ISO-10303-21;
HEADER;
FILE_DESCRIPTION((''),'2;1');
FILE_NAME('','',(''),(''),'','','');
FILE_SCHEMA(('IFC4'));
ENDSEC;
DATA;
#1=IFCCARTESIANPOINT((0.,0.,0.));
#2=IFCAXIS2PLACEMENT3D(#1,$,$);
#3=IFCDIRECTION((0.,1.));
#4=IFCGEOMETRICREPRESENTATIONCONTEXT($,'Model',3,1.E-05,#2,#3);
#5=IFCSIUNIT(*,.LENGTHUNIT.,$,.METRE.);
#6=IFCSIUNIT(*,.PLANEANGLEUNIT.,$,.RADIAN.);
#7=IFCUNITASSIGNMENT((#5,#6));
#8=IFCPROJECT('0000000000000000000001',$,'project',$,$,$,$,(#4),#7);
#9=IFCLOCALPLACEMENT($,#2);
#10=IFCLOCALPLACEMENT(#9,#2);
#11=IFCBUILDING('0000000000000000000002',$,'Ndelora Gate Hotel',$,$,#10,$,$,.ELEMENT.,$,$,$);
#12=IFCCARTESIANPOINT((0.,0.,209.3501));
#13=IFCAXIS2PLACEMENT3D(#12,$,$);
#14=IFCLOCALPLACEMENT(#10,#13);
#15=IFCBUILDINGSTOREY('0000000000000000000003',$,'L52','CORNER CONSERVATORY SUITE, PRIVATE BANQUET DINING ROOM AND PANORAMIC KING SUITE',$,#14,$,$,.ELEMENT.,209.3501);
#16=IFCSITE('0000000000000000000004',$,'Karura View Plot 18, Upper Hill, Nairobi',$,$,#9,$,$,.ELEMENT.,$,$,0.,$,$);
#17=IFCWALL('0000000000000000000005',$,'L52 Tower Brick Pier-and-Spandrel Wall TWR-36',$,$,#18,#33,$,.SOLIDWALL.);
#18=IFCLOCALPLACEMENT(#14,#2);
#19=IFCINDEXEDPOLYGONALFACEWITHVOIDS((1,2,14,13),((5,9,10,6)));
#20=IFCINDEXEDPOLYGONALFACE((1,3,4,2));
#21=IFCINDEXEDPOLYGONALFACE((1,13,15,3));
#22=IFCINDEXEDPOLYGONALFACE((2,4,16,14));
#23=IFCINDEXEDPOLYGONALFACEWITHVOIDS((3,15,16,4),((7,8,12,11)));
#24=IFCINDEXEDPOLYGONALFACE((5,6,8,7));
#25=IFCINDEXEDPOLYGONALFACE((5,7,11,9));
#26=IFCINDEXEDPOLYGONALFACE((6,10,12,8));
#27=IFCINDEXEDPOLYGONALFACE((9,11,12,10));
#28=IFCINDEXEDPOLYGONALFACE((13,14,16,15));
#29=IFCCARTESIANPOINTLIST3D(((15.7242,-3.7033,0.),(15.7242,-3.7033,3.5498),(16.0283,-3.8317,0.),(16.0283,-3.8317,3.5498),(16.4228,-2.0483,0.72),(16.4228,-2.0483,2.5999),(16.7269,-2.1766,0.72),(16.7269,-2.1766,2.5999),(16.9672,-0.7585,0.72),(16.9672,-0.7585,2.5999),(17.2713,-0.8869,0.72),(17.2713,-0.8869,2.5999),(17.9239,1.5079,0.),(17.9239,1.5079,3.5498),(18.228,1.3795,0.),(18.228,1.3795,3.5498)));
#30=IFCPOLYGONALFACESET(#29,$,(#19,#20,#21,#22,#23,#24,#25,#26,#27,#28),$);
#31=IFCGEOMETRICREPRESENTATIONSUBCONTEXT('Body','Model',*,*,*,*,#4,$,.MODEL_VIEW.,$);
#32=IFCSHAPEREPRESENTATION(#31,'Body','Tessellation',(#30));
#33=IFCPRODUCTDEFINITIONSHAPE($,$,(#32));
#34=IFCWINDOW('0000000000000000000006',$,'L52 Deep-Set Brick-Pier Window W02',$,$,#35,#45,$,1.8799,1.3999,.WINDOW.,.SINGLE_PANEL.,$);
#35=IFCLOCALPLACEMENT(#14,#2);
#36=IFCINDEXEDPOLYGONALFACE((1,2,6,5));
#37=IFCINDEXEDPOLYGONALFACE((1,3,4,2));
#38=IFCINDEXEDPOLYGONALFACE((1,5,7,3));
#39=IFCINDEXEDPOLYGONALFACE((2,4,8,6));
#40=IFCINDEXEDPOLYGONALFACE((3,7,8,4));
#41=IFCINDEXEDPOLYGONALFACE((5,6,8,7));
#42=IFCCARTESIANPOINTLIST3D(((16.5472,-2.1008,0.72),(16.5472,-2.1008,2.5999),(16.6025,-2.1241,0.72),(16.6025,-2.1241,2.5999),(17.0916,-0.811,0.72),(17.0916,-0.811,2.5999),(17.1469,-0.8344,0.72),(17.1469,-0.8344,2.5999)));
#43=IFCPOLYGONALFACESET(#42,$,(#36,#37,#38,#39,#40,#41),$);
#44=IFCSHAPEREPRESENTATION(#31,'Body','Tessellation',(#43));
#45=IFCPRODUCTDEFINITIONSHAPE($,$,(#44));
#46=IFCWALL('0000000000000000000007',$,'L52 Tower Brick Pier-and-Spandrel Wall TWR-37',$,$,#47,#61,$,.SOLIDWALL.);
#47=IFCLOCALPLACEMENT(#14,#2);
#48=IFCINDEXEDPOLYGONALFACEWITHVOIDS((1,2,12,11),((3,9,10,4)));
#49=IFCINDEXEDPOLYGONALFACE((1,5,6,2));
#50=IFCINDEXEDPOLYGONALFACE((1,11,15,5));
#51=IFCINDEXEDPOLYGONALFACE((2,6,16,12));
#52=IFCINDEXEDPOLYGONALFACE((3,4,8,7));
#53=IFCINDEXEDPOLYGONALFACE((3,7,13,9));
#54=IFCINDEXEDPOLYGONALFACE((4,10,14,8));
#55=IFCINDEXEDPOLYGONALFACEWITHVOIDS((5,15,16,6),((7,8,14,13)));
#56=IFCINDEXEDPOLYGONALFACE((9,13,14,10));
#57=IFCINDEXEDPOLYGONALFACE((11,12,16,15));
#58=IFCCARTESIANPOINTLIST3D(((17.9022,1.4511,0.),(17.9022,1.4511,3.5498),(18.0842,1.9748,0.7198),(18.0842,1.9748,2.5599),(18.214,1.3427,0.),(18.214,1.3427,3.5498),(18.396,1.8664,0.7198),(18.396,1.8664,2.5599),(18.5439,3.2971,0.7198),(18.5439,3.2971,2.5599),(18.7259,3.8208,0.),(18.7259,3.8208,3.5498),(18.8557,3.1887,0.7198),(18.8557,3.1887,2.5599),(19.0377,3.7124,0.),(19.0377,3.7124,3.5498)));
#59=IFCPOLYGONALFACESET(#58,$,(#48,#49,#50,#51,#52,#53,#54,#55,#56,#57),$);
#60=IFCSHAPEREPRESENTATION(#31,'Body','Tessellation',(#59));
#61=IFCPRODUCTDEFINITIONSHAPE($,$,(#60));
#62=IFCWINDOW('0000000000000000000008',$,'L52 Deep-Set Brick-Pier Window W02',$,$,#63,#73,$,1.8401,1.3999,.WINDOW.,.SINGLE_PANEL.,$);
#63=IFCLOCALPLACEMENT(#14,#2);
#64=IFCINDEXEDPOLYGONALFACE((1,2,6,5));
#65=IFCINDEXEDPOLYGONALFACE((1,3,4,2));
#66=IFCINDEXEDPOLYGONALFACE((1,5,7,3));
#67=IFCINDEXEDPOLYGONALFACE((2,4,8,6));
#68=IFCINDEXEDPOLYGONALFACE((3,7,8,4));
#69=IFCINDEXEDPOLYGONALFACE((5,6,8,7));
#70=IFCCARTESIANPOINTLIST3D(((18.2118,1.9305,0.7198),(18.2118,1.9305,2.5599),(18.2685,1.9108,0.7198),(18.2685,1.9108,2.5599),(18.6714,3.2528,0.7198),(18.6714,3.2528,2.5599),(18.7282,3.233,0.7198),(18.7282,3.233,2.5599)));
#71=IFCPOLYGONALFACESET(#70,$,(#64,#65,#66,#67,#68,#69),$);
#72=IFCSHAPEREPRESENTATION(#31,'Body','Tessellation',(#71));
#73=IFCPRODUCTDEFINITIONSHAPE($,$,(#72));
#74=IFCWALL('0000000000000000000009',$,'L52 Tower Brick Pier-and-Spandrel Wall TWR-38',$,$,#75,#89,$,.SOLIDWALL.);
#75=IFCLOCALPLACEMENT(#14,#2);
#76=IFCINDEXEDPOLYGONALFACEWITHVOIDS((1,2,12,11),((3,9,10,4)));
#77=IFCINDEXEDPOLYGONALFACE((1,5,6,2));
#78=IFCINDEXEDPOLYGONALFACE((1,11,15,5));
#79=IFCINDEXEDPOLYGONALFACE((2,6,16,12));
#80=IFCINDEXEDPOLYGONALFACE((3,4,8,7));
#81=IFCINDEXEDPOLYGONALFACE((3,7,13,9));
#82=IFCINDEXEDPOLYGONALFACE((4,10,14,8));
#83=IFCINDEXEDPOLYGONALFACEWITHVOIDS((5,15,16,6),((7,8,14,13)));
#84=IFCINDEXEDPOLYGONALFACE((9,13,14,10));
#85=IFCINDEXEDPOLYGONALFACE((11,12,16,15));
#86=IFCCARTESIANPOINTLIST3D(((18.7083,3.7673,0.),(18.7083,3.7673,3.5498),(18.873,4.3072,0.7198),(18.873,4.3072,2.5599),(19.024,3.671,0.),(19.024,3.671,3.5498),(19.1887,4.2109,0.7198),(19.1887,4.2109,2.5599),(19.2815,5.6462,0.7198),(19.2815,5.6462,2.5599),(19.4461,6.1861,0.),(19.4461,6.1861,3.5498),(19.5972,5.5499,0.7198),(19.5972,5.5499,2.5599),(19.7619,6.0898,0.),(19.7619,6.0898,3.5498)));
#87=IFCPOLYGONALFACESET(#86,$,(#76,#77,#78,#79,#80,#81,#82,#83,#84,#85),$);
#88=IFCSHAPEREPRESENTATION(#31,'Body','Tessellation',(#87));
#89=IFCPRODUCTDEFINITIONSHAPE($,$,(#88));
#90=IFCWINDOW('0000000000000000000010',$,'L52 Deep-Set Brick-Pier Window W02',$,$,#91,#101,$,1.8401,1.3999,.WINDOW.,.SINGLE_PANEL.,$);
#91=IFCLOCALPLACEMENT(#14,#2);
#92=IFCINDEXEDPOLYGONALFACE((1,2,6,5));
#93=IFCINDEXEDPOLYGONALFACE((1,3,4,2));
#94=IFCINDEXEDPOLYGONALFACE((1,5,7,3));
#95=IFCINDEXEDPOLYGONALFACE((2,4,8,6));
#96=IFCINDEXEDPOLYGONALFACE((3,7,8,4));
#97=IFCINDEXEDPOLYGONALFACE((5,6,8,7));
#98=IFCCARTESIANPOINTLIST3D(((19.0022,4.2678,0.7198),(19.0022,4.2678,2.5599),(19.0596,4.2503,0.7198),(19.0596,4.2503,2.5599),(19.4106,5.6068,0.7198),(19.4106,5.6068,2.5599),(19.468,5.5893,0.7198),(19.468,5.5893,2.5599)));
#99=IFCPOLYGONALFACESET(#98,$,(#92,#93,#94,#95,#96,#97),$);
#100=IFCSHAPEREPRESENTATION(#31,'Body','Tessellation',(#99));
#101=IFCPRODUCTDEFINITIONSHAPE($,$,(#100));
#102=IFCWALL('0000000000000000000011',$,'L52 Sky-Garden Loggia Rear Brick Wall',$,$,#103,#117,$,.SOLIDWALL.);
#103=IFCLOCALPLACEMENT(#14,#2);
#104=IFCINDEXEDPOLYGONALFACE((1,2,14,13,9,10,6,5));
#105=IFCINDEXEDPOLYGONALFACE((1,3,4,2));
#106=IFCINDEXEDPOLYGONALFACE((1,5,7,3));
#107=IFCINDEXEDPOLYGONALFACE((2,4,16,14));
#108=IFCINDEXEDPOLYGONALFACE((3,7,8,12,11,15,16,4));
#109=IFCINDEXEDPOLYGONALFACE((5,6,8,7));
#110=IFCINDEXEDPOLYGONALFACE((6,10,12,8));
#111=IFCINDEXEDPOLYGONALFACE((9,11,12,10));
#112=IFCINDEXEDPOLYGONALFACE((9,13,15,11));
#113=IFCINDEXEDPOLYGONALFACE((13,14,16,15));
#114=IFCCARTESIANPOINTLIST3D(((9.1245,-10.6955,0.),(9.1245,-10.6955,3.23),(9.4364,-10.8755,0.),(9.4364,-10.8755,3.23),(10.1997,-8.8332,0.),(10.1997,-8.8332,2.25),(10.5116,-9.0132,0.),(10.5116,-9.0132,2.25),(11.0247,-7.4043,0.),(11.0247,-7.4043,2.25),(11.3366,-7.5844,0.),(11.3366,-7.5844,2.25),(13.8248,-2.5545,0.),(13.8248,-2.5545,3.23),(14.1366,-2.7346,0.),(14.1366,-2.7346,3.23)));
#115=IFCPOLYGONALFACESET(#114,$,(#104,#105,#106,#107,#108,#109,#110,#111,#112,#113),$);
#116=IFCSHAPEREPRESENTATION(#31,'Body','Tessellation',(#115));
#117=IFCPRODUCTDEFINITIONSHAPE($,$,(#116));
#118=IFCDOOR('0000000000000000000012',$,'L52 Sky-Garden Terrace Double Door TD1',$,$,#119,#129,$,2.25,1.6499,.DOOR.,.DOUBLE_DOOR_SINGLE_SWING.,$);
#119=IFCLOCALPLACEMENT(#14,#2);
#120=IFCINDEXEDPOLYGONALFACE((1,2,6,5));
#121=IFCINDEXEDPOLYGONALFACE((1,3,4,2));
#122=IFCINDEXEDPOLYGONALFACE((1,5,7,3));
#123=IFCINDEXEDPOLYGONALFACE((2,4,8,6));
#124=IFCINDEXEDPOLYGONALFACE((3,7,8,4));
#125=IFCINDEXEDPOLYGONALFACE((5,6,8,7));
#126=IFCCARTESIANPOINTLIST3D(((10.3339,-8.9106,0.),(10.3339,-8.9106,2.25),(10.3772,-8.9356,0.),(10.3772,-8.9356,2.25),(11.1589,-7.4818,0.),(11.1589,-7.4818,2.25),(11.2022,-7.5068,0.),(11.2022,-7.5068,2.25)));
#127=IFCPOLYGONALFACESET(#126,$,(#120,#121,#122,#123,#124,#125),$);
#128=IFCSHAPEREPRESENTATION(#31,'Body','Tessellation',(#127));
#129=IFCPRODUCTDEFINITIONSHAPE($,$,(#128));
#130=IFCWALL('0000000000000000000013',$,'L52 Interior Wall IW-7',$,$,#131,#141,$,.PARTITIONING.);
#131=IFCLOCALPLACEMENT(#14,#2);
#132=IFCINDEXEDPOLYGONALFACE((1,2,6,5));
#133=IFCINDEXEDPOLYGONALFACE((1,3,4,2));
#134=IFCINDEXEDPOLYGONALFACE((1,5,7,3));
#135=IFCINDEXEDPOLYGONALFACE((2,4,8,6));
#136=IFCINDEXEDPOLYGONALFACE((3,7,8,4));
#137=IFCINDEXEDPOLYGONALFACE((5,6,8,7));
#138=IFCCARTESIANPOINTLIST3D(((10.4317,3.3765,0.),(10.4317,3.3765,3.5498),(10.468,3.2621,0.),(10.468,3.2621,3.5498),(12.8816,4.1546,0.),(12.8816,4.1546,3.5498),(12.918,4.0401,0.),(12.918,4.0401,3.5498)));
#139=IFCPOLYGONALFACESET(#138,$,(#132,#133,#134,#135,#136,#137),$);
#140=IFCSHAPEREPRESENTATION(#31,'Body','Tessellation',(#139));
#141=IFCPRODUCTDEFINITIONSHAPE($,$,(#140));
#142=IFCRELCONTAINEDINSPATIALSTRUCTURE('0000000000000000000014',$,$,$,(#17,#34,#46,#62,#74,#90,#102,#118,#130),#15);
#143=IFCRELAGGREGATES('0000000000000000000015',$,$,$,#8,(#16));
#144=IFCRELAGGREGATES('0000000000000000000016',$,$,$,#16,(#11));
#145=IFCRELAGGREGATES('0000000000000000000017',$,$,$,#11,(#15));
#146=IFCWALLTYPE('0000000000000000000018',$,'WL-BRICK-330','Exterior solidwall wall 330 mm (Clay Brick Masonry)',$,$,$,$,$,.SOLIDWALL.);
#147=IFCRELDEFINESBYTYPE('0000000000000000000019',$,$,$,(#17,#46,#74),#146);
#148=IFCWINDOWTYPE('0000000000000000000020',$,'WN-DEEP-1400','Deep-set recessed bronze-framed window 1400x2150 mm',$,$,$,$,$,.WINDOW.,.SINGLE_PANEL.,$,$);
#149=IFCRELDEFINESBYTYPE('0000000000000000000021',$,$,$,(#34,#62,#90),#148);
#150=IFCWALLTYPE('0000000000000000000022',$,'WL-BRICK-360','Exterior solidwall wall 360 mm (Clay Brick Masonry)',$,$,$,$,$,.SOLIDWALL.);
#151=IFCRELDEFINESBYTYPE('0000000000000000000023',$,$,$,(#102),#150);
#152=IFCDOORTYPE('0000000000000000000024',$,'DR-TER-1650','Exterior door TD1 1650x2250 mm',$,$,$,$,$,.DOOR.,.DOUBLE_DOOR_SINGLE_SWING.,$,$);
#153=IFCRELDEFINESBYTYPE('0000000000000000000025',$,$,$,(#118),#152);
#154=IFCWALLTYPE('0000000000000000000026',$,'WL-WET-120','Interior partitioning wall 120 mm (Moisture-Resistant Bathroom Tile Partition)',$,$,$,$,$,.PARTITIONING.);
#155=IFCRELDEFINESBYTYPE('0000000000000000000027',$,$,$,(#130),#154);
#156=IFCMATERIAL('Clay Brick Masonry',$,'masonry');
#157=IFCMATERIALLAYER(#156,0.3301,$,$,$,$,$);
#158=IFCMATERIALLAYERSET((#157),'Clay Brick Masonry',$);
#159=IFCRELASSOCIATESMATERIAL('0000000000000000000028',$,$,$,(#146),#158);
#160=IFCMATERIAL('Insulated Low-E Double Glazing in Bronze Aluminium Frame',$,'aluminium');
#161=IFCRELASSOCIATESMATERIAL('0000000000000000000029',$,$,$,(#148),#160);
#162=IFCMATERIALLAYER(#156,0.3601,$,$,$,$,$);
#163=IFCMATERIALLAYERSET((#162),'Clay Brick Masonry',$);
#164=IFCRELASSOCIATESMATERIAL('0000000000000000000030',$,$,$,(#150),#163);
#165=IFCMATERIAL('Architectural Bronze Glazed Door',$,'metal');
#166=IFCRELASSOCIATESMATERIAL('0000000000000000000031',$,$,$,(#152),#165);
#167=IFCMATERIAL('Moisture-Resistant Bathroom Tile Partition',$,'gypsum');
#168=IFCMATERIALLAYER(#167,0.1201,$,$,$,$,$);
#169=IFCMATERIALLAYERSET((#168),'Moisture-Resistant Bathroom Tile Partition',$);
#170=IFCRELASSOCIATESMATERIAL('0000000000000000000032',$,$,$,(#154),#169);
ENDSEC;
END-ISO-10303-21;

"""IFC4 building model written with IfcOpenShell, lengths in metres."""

from ifc_helpers import new_model, si_unit, direction, frame, frame_2d, origin, place, context, subcontext, project, spatial, rectangle, extrude, material, layer, layer_set, type_object, element, fill, save


model = new_model("IFC4")

# Units and contexts
model_context = context("Model", 3, precision=1e-05, world=origin(), true_north=direction((0.0, 1.0)))
body_context = subcontext(model_context, "Body", "Model", "MODEL_VIEW")
ifc_project = project(units=[si_unit("LENGTHUNIT", "METRE"), si_unit("PLANEANGLEUNIT", "RADIAN")], contexts=[model_context])

# Site, building, storey
site_placement = place(None, origin())
site = spatial("IfcSite", under=ifc_project, at=site_placement, Name="Karura View Plot 18, Upper Hill, Nairobi", CompositionType="ELEMENT", RefElevation=0.0)
building_placement = place(site_placement, origin())
building = spatial("IfcBuilding", under=site, at=building_placement, Name="Ndelora Gate Hotel", CompositionType="ELEMENT")
storey_placement = place(building_placement, frame((0.0, 0.0, 209.3501)))
storey = spatial("IfcBuildingStorey", under=building, at=storey_placement, Name="L52", Description="CORNER CONSERVATORY SUITE, PRIVATE BANQUET DINING ROOM AND PANORAMIC KING SUITE", CompositionType="ELEMENT", Elevation=209.3501)

# Walls, openings, windows
ifc_material_1 = material(Name="Clay Brick Masonry", Category="masonry")
ifc_layer_1 = layer(ifc_material_1, 0.3301)
ifc_layer_set_1 = layer_set([ifc_layer_1], Name="Clay Brick Masonry")
wall_type_1 = type_object("IfcWallType", Name="WL-BRICK-330", Description="Exterior solidwall wall 330 mm (Clay Brick Masonry)", PredefinedType="SOLIDWALL", material=ifc_layer_set_1)
wall_1_placement = place(storey_placement, frame((18.0759, 1.4436, 0.0), z_axis=(0.0, 0.0, 1.0), x_axis=(-0.388887, -0.921286, 0.0)))
wall_1 = element("IfcWall", 1, at=wall_1_placement, inside=storey, type_object=wall_type_1, Name="L52 Tower Brick Pier-and-Spandrel Wall TWR-36", PredefinedType="SOLIDWALL", context=body_context, shape_type="SweptSolid", body=[
    extrude(rectangle(XDim=5.6565, YDim=0.3301, at=frame_2d((2.8281, 0.0))), origin(), (0.0, 0.0, 1.0), 3.5498),
])
opening_1_placement = place(wall_1_placement, frame((2.46, 0.0, 0.72)))
opening_1 = element("IfcOpeningElement", 2, at=opening_1_placement, cuts=wall_1, PredefinedType="OPENING", context=body_context, shape_type="SweptSolid", body=[
    extrude(rectangle(XDim=1.3999, YDim=1.8799, at=frame_2d((0.7, 0.9399))), frame((0.0, 0.175, 0.0), z_axis=(0.0, -1.0, 0.0), x_axis=(1.0, 0.0, 0.0)), (0.0, 0.0, 1.0), 0.3501),
])
ifc_material_2 = material(Name="Insulated Low-E Double Glazing in Bronze Aluminium Frame", Category="aluminium")
window_type = type_object("IfcWindowType", Name="WN-DEEP-1400", Description="Deep-set recessed bronze-framed window 1400x2150 mm", PartitioningType="SINGLE_PANEL", PredefinedType="WINDOW", material=ifc_material_2)
window_1_placement = place(opening_1_placement, origin())
window_1 = element("IfcWindow", 3, at=window_1_placement, inside=storey, type_object=window_type, Name="L52 Deep-Set Brick-Pier Window W02", OverallHeight=1.8799, OverallWidth=1.3999, PartitioningType="SINGLE_PANEL", PredefinedType="WINDOW", context=body_context, shape_type="SweptSolid", body=[
    extrude(rectangle(XDim=1.3999, YDim=1.8799, at=frame_2d((0.7, 0.9399))), frame((0.0, 0.03, 0.0), z_axis=(0.0, -1.0, 0.0), x_axis=(1.0, 0.0, 0.0)), (0.0, 0.0, 1.0), 0.0601),
])
fill(opening_1, window_1)
wall_2_placement = place(storey_placement, frame((18.8818, 3.7666, 0.0), z_axis=(0.0, 0.0, 1.0), x_axis=(-0.328347, -0.944557, 0.0)))
wall_2 = element("IfcWall", 4, at=wall_2_placement, inside=storey, type_object=wall_type_1, Name="L52 Tower Brick Pier-and-Spandrel Wall TWR-37", PredefinedType="SOLIDWALL", context=body_context, shape_type="SweptSolid", body=[
    extrude(rectangle(XDim=2.5088, YDim=0.3301, at=frame_2d((1.2544, 0.0))), origin(), (0.0, 0.0, 1.0), 3.5498),
])
opening_2_placement = place(wall_2_placement, frame((0.5544, 0.0, 0.72)))
opening_2 = element("IfcOpeningElement", 5, at=opening_2_placement, cuts=wall_2, PredefinedType="OPENING", context=body_context, shape_type="SweptSolid", body=[
    extrude(rectangle(XDim=1.3999, YDim=1.8401, at=frame_2d((0.7, 0.9199))), frame((0.0, 0.175, 0.0), z_axis=(0.0, -1.0, 0.0), x_axis=(1.0, 0.0, 0.0)), (0.0, 0.0, 1.0), 0.3501),
])
window_2_placement = place(opening_2_placement, origin())
window_2 = element("IfcWindow", 6, at=window_2_placement, inside=storey, type_object=window_type, Name="L52 Deep-Set Brick-Pier Window W02", OverallHeight=1.8401, OverallWidth=1.3999, PartitioningType="SINGLE_PANEL", PredefinedType="WINDOW", context=body_context, shape_type="SweptSolid", body=[
    extrude(rectangle(XDim=1.3999, YDim=1.8401, at=frame_2d((0.7, 0.9199))), frame((0.0, 0.03, 0.0), z_axis=(0.0, -1.0, 0.0), x_axis=(1.0, 0.0, 0.0)), (0.0, 0.0, 1.0), 0.0601),
])
fill(opening_2, window_2)
wall_3_placement = place(storey_placement, frame((19.604, 6.1379, 0.0), z_axis=(0.0, 0.0, 1.0), x_axis=(-0.291765, -0.95649, 0.0)))
wall_3 = element("IfcWall", 7, at=wall_3_placement, inside=storey, type_object=wall_type_1, Name="L52 Tower Brick Pier-and-Spandrel Wall TWR-38", PredefinedType="SOLIDWALL", context=body_context, shape_type="SweptSolid", body=[
    extrude(rectangle(XDim=2.5288, YDim=0.3301, at=frame_2d((1.2644, 0.0))), origin(), (0.0, 0.0, 1.0), 3.5498),
])
opening_3_placement = place(wall_3_placement, frame((0.5645, 0.0, 0.72)))
opening_3 = element("IfcOpeningElement", 8, at=opening_3_placement, cuts=wall_3, PredefinedType="OPENING", context=body_context, shape_type="SweptSolid", body=[
    extrude(rectangle(XDim=1.3999, YDim=1.8401, at=frame_2d((0.7, 0.9199))), frame((0.0, 0.175, 0.0), z_axis=(0.0, -1.0, 0.0), x_axis=(1.0, 0.0, 0.0)), (0.0, 0.0, 1.0), 0.3501),
])
window_3_placement = place(opening_3_placement, origin())
window_3 = element("IfcWindow", 9, at=window_3_placement, inside=storey, type_object=window_type, Name="L52 Deep-Set Brick-Pier Window W02", OverallHeight=1.8401, OverallWidth=1.3999, PartitioningType="SINGLE_PANEL", PredefinedType="WINDOW", context=body_context, shape_type="SweptSolid", body=[
    extrude(rectangle(XDim=1.3999, YDim=1.8401, at=frame_2d((0.7, 0.9199))), frame((0.0, 0.03, 0.0), z_axis=(0.0, -1.0, 0.0), x_axis=(1.0, 0.0, 0.0)), (0.0, 0.0, 1.0), 0.0601),
])
fill(opening_3, window_3)

# Wall, opening, door
ifc_layer_2 = layer(ifc_material_1, 0.3601)
ifc_layer_set_2 = layer_set([ifc_layer_2], Name="Clay Brick Masonry")
wall_type_2 = type_object("IfcWallType", Name="WL-BRICK-360", Description="Exterior solidwall wall 360 mm (Clay Brick Masonry)", PredefinedType="SOLIDWALL", material=ifc_layer_set_2)
wall_4_placement = place(storey_placement, frame((13.9807, -2.6445, 0.0), z_axis=(0.0, 0.0, 1.0), x_axis=(-0.500005, -0.866023, 0.0)))
wall_4 = element("IfcWall", 10, at=wall_4_placement, inside=storey, type_object=wall_type_2, Name="L52 Sky-Garden Loggia Rear Brick Wall", PredefinedType="SOLIDWALL", context=body_context, shape_type="SweptSolid", body=[
    extrude(rectangle(XDim=9.4004, YDim=0.3601, at=frame_2d((4.7002, 0.0))), origin(), (0.0, 0.0, 1.0), 3.23),
])
opening_4_placement = place(wall_4_placement, frame((5.6001, 0.0, 0.0)))
opening_4 = element("IfcOpeningElement", 11, at=opening_4_placement, cuts=wall_4, PredefinedType="OPENING", context=body_context, shape_type="SweptSolid", body=[
    extrude(rectangle(XDim=1.6499, YDim=2.25, at=frame_2d((0.825, 1.125))), frame((0.0, 0.1899, 0.0), z_axis=(0.0, -1.0, 0.0), x_axis=(1.0, 0.0, 0.0)), (0.0, 0.0, 1.0), 0.3801),
])
ifc_material_3 = material(Name="Architectural Bronze Glazed Door", Category="metal")
door_type_1 = type_object("IfcDoorType", Name="DR-TER-1650", Description="Exterior door TD1 1650x2250 mm", OperationType="DOUBLE_DOOR_SINGLE_SWING", PredefinedType="DOOR", material=ifc_material_3)
door_1_placement = place(opening_4_placement, origin())
door_1 = element("IfcDoor", 12, at=door_1_placement, inside=storey, type_object=door_type_1, Name="L52 Sky-Garden Terrace Double Door TD1", OperationType="DOUBLE_DOOR_SINGLE_SWING", OverallHeight=2.25, OverallWidth=1.6499, PredefinedType="DOOR", context=body_context, shape_type="SweptSolid", body=[
    extrude(rectangle(XDim=1.6499, YDim=2.25, at=frame_2d((0.825, 1.125))), frame((0.0, 0.0249, 0.0), z_axis=(0.0, -1.0, 0.0), x_axis=(1.0, 0.0, 0.0)), (0.0, 0.0, 1.0), 0.05),
])
fill(opening_4, door_1)

# Wall
ifc_material_4 = material(Name="Moisture-Resistant Bathroom Tile Partition", Category="gypsum")
ifc_layer_3 = layer(ifc_material_4, 0.1201)
ifc_layer_set_3 = layer_set([ifc_layer_3], Name="Moisture-Resistant Bathroom Tile Partition")
wall_type_3 = type_object("IfcWallType", Name="WL-WET-120", Description="Interior partitioning wall 120 mm (Moisture-Resistant Bathroom Tile Partition)", PredefinedType="PARTITIONING", material=ifc_layer_set_3)
wall_5_placement = place(storey_placement, frame((10.45, 3.3193, 0.0), z_axis=(0.0, 0.0, 1.0), x_axis=(0.953089, 0.30269, 0.0)))
element("IfcWall", 13, at=wall_5_placement, inside=storey, type_object=wall_type_3, Name="L52 Interior Wall IW-7", PredefinedType="PARTITIONING", context=body_context, shape_type="SweptSolid", body=[
    extrude(rectangle(XDim=2.5706, YDim=0.1201, at=frame_2d((1.2852, 0.0))), origin(), (0.0, 0.0, 1.0), 3.5498),
])

save(model, "model.ifc")
